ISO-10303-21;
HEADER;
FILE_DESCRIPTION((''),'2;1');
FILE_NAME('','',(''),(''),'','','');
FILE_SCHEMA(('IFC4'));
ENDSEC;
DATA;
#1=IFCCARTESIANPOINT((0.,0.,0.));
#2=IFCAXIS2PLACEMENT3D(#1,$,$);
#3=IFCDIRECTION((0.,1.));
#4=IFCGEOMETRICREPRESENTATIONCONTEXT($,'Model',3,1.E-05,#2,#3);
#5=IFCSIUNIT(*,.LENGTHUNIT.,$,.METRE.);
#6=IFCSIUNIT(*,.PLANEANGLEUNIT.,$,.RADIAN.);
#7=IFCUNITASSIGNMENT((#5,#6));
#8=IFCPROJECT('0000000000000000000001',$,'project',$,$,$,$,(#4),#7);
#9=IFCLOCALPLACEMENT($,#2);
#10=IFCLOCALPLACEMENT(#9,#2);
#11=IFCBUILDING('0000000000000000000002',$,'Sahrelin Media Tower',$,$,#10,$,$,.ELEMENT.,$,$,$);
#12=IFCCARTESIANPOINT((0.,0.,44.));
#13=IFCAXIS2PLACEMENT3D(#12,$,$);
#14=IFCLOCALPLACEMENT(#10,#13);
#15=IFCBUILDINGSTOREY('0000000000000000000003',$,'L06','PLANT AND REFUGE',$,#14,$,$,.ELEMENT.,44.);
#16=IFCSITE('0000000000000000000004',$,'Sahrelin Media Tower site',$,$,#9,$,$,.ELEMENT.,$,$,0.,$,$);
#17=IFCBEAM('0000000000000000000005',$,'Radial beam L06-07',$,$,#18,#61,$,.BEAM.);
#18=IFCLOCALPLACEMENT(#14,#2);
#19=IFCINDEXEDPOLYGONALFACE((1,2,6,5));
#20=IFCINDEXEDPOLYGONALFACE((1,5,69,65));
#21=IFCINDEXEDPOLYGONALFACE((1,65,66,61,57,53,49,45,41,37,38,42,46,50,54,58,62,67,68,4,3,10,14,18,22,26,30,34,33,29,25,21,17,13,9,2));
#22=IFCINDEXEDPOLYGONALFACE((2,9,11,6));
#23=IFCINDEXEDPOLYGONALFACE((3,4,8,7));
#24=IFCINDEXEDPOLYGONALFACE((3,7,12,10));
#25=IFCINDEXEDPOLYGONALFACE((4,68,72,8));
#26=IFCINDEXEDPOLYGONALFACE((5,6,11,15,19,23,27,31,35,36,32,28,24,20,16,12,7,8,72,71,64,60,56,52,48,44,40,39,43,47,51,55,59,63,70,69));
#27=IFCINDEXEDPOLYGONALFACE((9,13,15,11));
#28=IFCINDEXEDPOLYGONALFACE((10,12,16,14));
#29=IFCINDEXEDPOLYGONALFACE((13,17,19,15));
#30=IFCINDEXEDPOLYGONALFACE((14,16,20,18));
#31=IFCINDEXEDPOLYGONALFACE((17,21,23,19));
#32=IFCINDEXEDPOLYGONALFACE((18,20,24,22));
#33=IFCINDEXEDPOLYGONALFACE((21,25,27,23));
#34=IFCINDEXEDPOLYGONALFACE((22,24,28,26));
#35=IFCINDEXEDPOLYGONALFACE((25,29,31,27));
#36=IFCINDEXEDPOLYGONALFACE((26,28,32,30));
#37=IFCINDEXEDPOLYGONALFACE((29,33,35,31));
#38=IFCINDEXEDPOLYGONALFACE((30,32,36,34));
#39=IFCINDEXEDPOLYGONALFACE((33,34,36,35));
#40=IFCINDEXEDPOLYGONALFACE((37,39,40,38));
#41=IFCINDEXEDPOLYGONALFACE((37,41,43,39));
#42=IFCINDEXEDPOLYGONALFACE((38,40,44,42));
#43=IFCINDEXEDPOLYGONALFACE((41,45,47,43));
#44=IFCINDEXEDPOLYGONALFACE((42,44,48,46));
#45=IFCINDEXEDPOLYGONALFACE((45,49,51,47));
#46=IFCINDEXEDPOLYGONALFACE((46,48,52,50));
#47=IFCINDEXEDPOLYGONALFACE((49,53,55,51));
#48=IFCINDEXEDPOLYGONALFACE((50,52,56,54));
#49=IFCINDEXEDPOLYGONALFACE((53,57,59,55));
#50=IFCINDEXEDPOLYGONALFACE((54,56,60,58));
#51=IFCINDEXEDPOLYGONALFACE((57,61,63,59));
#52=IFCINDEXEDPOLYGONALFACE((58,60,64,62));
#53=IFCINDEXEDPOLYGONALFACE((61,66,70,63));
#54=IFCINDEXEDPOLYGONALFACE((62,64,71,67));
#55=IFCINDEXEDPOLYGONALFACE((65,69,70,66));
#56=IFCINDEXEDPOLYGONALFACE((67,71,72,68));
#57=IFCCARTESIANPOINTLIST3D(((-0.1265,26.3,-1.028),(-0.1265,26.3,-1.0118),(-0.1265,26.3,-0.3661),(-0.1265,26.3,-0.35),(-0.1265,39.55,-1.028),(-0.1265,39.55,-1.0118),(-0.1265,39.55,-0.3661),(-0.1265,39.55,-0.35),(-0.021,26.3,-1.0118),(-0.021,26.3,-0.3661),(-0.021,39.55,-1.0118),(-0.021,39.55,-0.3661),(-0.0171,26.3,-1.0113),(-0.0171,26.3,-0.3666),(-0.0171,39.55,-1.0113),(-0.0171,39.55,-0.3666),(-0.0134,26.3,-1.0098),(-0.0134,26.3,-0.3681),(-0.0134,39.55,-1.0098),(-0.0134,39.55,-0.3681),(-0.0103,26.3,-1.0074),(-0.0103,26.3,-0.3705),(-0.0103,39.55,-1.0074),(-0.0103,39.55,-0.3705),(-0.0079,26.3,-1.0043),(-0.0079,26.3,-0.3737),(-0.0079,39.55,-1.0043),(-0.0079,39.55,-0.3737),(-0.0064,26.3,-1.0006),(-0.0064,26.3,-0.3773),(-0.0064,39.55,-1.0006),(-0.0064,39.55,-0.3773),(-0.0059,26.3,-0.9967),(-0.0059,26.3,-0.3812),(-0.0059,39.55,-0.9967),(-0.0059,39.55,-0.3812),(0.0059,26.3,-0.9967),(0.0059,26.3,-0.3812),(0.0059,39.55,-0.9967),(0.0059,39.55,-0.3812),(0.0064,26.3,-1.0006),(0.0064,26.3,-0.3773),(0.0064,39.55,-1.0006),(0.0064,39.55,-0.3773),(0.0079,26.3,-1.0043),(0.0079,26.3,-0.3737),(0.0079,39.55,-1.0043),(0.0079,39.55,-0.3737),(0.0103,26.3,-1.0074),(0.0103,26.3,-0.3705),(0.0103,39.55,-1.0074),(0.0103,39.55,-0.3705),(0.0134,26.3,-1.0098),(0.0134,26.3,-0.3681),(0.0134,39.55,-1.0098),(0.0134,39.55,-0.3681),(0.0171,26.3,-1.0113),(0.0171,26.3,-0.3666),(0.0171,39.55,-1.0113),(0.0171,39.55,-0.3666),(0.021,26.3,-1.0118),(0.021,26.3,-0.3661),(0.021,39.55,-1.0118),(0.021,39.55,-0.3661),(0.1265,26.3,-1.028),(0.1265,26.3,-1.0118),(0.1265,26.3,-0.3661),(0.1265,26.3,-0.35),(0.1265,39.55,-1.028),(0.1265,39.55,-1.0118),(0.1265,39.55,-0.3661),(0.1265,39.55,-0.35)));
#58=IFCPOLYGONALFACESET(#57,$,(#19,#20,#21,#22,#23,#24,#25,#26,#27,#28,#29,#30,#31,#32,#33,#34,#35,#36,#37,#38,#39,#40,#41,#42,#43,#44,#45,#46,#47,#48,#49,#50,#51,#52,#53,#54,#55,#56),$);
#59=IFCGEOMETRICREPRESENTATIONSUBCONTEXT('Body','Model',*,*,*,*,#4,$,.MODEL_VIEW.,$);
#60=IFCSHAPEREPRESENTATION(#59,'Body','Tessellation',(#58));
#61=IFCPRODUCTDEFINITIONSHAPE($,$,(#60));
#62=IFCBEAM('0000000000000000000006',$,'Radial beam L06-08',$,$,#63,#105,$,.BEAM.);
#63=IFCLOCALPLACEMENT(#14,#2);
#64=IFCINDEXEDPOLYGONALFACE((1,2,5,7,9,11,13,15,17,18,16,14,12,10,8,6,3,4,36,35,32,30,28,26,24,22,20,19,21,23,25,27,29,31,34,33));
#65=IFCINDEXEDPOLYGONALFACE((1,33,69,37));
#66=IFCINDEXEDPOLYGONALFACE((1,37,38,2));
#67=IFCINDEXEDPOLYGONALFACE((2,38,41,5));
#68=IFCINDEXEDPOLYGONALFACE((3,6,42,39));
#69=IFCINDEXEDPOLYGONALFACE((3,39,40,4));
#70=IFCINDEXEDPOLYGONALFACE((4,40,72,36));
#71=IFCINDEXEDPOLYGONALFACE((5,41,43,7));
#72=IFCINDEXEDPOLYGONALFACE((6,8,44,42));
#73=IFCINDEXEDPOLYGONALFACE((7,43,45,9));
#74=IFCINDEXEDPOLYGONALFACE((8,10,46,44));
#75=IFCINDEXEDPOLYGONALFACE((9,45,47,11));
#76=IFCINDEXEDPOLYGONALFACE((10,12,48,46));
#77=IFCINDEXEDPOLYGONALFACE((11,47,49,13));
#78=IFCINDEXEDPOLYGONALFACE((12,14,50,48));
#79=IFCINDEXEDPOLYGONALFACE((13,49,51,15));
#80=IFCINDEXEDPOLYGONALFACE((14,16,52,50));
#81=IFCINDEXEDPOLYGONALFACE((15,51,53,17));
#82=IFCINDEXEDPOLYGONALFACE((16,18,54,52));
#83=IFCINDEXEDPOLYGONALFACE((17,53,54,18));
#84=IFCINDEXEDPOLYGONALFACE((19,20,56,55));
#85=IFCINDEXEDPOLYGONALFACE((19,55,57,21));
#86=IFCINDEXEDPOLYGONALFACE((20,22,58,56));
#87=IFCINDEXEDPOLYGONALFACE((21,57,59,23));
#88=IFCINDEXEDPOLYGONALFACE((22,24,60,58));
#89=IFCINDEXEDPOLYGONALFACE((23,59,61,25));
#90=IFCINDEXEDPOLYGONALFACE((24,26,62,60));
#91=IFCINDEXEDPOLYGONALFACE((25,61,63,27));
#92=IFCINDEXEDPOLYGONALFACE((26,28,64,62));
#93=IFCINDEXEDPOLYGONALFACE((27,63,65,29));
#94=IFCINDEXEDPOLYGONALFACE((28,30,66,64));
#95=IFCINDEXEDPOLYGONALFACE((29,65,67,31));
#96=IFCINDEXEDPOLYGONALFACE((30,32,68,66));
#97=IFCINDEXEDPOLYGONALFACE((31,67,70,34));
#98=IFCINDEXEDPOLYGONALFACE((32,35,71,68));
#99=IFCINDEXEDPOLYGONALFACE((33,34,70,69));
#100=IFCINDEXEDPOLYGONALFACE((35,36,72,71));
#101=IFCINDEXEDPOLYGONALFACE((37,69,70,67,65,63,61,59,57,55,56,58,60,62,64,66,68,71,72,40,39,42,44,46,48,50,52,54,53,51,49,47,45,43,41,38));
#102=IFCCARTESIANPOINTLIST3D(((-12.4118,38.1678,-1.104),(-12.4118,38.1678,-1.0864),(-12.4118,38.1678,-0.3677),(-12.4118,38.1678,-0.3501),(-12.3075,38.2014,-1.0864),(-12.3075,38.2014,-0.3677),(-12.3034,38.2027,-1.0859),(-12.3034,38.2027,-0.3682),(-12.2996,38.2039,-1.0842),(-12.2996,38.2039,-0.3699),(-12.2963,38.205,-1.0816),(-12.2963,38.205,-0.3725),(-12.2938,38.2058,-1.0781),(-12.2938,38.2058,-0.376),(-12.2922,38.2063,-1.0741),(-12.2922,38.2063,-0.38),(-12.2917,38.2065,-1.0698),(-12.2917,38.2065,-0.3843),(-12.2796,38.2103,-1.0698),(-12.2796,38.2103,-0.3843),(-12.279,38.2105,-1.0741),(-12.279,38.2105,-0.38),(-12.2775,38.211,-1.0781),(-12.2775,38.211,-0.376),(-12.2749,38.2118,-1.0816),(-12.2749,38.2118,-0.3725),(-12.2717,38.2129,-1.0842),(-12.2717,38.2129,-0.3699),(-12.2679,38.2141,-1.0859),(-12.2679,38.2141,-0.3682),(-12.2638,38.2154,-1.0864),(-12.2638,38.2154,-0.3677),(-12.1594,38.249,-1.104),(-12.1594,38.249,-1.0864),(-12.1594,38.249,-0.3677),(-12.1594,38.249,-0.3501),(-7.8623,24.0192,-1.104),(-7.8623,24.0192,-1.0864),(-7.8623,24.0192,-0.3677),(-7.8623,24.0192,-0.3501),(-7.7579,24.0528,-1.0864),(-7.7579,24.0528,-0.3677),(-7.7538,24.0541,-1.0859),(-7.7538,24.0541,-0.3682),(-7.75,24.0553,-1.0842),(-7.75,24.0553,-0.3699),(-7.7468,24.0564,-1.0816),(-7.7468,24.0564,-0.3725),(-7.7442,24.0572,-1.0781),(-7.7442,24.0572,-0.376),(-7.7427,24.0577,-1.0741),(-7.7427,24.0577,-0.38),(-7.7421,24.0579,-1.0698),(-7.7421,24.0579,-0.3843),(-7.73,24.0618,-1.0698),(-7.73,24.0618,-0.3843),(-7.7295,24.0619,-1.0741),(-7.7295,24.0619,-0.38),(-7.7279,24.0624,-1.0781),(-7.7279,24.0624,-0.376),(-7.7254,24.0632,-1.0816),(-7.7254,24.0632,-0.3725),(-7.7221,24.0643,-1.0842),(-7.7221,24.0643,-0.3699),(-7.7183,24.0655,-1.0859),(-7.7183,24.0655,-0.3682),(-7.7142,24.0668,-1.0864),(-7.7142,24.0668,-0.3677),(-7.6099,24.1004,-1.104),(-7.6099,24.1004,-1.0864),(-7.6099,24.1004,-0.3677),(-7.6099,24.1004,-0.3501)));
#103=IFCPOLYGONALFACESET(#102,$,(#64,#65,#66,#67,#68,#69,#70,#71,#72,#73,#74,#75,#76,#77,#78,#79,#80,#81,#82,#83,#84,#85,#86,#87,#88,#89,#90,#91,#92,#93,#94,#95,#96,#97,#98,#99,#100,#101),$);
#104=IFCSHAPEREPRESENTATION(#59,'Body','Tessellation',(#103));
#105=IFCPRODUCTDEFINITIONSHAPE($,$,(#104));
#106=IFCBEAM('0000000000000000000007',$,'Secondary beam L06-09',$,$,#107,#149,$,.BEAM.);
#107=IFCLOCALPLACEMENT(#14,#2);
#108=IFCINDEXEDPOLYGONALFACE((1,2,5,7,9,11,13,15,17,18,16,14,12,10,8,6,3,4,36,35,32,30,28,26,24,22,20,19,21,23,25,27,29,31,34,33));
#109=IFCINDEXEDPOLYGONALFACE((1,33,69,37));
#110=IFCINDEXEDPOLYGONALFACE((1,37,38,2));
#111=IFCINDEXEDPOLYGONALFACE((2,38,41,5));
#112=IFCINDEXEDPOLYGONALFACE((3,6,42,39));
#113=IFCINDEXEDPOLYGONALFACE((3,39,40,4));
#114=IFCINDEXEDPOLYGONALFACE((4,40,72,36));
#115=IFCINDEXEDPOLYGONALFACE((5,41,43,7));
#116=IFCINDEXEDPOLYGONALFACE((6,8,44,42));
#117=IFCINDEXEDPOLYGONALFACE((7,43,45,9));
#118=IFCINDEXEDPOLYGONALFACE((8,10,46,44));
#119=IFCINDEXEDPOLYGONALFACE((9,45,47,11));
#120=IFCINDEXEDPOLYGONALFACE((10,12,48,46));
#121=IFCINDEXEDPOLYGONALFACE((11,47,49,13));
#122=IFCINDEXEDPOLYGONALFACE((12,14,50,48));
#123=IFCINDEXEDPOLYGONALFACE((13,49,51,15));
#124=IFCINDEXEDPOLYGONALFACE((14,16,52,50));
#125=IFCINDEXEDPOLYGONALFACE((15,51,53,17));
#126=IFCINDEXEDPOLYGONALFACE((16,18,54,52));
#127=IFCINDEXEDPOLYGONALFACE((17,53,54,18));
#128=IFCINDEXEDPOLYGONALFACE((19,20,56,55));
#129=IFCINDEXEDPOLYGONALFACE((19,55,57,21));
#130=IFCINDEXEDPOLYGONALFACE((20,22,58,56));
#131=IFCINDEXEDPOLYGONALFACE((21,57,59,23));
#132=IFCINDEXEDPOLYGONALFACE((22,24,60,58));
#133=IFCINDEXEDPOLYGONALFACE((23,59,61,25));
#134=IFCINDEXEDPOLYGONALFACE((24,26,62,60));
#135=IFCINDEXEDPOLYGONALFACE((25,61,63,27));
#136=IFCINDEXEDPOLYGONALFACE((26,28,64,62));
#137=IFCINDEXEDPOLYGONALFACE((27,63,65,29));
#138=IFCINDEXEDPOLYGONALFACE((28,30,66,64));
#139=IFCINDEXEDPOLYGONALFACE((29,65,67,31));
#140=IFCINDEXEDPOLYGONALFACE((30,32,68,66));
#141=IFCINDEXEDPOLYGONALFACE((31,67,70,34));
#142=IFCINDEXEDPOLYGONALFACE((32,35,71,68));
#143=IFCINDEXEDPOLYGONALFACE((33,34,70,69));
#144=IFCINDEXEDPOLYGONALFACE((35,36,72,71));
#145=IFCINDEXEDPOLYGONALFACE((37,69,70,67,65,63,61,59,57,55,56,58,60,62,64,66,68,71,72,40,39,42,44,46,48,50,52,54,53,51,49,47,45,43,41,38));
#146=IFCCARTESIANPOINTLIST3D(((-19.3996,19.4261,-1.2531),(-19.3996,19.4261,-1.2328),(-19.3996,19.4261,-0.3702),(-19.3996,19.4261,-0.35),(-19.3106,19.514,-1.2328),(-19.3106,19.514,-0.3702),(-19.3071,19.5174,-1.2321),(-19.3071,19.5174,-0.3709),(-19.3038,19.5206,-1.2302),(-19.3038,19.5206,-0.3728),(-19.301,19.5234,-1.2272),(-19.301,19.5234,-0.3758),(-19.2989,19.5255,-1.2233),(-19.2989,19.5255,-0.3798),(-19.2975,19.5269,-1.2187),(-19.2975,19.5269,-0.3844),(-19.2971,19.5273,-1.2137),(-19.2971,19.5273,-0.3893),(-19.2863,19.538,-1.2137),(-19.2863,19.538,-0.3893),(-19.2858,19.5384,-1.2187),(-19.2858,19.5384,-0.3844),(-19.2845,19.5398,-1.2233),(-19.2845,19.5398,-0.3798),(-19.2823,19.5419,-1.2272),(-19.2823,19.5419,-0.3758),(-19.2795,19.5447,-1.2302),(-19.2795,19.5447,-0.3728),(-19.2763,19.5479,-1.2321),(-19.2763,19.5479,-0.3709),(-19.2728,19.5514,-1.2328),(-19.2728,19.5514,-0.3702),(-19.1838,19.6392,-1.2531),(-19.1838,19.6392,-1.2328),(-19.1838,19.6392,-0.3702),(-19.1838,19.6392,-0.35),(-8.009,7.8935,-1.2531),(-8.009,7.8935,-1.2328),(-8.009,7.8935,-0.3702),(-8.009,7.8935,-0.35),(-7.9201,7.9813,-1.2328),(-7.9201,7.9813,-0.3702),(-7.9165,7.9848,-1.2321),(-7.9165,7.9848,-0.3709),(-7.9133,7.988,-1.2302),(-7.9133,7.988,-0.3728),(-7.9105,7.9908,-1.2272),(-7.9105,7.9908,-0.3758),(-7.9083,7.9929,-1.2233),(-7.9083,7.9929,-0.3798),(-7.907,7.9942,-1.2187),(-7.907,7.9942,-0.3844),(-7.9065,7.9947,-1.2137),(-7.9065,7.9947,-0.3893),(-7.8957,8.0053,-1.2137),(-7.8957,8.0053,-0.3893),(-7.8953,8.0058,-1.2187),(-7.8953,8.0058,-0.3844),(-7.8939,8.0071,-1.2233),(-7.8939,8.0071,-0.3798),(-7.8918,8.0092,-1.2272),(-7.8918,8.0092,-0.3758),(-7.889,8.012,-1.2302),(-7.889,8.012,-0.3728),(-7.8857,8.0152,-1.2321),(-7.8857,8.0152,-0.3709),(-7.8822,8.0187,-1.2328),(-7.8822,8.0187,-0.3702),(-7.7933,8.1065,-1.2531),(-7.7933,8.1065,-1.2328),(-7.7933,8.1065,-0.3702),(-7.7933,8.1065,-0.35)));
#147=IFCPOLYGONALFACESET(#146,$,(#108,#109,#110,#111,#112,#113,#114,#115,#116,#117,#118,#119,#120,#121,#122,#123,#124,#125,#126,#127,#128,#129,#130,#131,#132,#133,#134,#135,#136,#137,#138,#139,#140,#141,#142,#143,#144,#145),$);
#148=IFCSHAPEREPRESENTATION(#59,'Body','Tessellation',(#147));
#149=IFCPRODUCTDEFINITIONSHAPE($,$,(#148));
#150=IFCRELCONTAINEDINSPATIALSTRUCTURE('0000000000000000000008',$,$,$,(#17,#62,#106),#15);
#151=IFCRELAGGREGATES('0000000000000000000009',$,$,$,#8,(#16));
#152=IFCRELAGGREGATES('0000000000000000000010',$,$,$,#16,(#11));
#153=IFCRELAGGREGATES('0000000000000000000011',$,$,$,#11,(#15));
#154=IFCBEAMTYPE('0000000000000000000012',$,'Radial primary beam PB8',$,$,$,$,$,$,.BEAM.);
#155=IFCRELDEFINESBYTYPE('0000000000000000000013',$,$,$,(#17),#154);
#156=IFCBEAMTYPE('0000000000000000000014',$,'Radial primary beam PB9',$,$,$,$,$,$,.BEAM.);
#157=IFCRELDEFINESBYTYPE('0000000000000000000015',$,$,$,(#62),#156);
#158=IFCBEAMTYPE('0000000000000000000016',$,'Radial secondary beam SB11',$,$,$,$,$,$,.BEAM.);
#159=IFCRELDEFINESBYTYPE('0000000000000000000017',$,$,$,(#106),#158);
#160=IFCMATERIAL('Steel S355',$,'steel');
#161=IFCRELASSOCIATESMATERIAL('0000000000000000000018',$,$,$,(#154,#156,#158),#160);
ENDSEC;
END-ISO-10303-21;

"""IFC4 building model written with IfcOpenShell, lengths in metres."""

from ifc_helpers import new_model, si_unit, direction, frame, origin, origin_2d, place, context, subcontext, project, spatial, i_section, extrude, material, material_profile, profile_set, type_object, element, save


model = new_model("IFC4")

# Units and contexts
model_context = context("Model", 3, precision=1e-05, world=origin(), true_north=direction((0.0, 1.0)))
body_context = subcontext(model_context, "Body", "Model", "MODEL_VIEW")
ifc_project = project(units=[si_unit("LENGTHUNIT", "METRE"), si_unit("PLANEANGLEUNIT", "RADIAN")], contexts=[model_context])

# Site, building, storey
site_placement = place(None, origin())
site = spatial("IfcSite", under=ifc_project, at=site_placement, Name="Sahrelin Media Tower site", CompositionType="ELEMENT", RefElevation=0.0)
building_placement = place(site_placement, origin())
building = spatial("IfcBuilding", under=site, at=building_placement, Name="Sahrelin Media Tower", CompositionType="ELEMENT")
storey_placement = place(building_placement, frame((0.0, 0.0, 44.0)))
storey = spatial("IfcBuildingStorey", under=building, at=storey_placement, Name="L06", Description="PLANT AND REFUGE", CompositionType="ELEMENT", Elevation=44.0)

# Beams
ifc_material_1 = material(Name="Steel S355", Category="steel")
ifc_material_profile_1 = material_profile(ifc_material_1, i_section(OverallWidth=0.2529, OverallDepth=0.678, WebThickness=0.0117, FlangeThickness=0.0161, FilletRadius=0.0151, at=origin_2d()), Name="UB 686x254x125")
ifc_profile_set_1 = profile_set([ifc_material_profile_1], Name="Steel S355")
beam_type_1 = type_object("IfcBeamType", Name="Radial primary beam PB8", PredefinedType="BEAM", material=ifc_profile_set_1)
beam_1_placement = place(storey_placement, frame((0.0, 26.3, -0.689), z_axis=(0.0, 1.0, 0.0), x_axis=(-1.0, 0.0, 0.0)))
element("IfcBeam", 1, at=beam_1_placement, inside=storey, type_object=beam_type_1, Name="Radial beam L06-07", PredefinedType="BEAM", context=body_context, shape_type="SweptSolid", body=[
    extrude(i_section(OverallWidth=0.2529, OverallDepth=0.678, WebThickness=0.0117, FlangeThickness=0.0161, FilletRadius=0.0151, at=origin_2d()), origin(), (0.0, 0.0, 1.0), 13.25),
])
ifc_material_profile_2 = material_profile(ifc_material_1, i_section(OverallWidth=0.2651, OverallDepth=0.7539, WebThickness=0.0127, FlangeThickness=0.0176, FilletRadius=0.0166, at=origin_2d()), Name="UB 762x267x147")
ifc_profile_set_2 = profile_set([ifc_material_profile_2], Name="Steel S355")
beam_type_2 = type_object("IfcBeamType", Name="Radial primary beam PB9", PredefinedType="BEAM", material=ifc_profile_set_2)
beam_2_placement = place(storey_placement, frame((-7.7361, 24.0598, -0.7271), z_axis=(-0.306117, 0.951994, 0.0), x_axis=(-0.951994, -0.306117, 0.0)))
element("IfcBeam", 2, at=beam_2_placement, inside=storey, type_object=beam_type_2, Name="Radial beam L06-08", PredefinedType="BEAM", context=body_context, shape_type="SweptSolid", body=[
    extrude(i_section(OverallWidth=0.2651, OverallDepth=0.7539, WebThickness=0.0127, FlangeThickness=0.0176, FilletRadius=0.0166, at=origin_2d()), origin(), (0.0, 0.0, 1.0), 14.8621),
])
ifc_material_profile_3 = material_profile(ifc_material_1, i_section(OverallWidth=0.3032, OverallDepth=0.9031, WebThickness=0.0151, FlangeThickness=0.0203, FilletRadius=0.019, at=origin_2d()), Name="UB 914x305x201")
ifc_profile_set_3 = profile_set([ifc_material_profile_3], Name="Steel S355")
beam_type_3 = type_object("IfcBeamType", Name="Radial secondary beam SB11", PredefinedType="BEAM", material=ifc_profile_set_3)
beam_3_placement = place(storey_placement, frame((-7.9011, 8.0, -0.8015), z_axis=(-0.70271, 0.711476, 0.0), x_axis=(-0.711476, -0.70271, 0.0)))
element("IfcBeam", 3, at=beam_3_placement, inside=storey, type_object=beam_type_3, Name="Secondary beam L06-09", PredefinedType="BEAM", context=body_context, shape_type="SweptSolid", body=[
    extrude(i_section(OverallWidth=0.3032, OverallDepth=0.9031, WebThickness=0.0151, FlangeThickness=0.0203, FilletRadius=0.019, at=origin_2d()), origin(), (0.0, 0.0, 1.0), 16.2095),
])

save(model, "model.ifc")
